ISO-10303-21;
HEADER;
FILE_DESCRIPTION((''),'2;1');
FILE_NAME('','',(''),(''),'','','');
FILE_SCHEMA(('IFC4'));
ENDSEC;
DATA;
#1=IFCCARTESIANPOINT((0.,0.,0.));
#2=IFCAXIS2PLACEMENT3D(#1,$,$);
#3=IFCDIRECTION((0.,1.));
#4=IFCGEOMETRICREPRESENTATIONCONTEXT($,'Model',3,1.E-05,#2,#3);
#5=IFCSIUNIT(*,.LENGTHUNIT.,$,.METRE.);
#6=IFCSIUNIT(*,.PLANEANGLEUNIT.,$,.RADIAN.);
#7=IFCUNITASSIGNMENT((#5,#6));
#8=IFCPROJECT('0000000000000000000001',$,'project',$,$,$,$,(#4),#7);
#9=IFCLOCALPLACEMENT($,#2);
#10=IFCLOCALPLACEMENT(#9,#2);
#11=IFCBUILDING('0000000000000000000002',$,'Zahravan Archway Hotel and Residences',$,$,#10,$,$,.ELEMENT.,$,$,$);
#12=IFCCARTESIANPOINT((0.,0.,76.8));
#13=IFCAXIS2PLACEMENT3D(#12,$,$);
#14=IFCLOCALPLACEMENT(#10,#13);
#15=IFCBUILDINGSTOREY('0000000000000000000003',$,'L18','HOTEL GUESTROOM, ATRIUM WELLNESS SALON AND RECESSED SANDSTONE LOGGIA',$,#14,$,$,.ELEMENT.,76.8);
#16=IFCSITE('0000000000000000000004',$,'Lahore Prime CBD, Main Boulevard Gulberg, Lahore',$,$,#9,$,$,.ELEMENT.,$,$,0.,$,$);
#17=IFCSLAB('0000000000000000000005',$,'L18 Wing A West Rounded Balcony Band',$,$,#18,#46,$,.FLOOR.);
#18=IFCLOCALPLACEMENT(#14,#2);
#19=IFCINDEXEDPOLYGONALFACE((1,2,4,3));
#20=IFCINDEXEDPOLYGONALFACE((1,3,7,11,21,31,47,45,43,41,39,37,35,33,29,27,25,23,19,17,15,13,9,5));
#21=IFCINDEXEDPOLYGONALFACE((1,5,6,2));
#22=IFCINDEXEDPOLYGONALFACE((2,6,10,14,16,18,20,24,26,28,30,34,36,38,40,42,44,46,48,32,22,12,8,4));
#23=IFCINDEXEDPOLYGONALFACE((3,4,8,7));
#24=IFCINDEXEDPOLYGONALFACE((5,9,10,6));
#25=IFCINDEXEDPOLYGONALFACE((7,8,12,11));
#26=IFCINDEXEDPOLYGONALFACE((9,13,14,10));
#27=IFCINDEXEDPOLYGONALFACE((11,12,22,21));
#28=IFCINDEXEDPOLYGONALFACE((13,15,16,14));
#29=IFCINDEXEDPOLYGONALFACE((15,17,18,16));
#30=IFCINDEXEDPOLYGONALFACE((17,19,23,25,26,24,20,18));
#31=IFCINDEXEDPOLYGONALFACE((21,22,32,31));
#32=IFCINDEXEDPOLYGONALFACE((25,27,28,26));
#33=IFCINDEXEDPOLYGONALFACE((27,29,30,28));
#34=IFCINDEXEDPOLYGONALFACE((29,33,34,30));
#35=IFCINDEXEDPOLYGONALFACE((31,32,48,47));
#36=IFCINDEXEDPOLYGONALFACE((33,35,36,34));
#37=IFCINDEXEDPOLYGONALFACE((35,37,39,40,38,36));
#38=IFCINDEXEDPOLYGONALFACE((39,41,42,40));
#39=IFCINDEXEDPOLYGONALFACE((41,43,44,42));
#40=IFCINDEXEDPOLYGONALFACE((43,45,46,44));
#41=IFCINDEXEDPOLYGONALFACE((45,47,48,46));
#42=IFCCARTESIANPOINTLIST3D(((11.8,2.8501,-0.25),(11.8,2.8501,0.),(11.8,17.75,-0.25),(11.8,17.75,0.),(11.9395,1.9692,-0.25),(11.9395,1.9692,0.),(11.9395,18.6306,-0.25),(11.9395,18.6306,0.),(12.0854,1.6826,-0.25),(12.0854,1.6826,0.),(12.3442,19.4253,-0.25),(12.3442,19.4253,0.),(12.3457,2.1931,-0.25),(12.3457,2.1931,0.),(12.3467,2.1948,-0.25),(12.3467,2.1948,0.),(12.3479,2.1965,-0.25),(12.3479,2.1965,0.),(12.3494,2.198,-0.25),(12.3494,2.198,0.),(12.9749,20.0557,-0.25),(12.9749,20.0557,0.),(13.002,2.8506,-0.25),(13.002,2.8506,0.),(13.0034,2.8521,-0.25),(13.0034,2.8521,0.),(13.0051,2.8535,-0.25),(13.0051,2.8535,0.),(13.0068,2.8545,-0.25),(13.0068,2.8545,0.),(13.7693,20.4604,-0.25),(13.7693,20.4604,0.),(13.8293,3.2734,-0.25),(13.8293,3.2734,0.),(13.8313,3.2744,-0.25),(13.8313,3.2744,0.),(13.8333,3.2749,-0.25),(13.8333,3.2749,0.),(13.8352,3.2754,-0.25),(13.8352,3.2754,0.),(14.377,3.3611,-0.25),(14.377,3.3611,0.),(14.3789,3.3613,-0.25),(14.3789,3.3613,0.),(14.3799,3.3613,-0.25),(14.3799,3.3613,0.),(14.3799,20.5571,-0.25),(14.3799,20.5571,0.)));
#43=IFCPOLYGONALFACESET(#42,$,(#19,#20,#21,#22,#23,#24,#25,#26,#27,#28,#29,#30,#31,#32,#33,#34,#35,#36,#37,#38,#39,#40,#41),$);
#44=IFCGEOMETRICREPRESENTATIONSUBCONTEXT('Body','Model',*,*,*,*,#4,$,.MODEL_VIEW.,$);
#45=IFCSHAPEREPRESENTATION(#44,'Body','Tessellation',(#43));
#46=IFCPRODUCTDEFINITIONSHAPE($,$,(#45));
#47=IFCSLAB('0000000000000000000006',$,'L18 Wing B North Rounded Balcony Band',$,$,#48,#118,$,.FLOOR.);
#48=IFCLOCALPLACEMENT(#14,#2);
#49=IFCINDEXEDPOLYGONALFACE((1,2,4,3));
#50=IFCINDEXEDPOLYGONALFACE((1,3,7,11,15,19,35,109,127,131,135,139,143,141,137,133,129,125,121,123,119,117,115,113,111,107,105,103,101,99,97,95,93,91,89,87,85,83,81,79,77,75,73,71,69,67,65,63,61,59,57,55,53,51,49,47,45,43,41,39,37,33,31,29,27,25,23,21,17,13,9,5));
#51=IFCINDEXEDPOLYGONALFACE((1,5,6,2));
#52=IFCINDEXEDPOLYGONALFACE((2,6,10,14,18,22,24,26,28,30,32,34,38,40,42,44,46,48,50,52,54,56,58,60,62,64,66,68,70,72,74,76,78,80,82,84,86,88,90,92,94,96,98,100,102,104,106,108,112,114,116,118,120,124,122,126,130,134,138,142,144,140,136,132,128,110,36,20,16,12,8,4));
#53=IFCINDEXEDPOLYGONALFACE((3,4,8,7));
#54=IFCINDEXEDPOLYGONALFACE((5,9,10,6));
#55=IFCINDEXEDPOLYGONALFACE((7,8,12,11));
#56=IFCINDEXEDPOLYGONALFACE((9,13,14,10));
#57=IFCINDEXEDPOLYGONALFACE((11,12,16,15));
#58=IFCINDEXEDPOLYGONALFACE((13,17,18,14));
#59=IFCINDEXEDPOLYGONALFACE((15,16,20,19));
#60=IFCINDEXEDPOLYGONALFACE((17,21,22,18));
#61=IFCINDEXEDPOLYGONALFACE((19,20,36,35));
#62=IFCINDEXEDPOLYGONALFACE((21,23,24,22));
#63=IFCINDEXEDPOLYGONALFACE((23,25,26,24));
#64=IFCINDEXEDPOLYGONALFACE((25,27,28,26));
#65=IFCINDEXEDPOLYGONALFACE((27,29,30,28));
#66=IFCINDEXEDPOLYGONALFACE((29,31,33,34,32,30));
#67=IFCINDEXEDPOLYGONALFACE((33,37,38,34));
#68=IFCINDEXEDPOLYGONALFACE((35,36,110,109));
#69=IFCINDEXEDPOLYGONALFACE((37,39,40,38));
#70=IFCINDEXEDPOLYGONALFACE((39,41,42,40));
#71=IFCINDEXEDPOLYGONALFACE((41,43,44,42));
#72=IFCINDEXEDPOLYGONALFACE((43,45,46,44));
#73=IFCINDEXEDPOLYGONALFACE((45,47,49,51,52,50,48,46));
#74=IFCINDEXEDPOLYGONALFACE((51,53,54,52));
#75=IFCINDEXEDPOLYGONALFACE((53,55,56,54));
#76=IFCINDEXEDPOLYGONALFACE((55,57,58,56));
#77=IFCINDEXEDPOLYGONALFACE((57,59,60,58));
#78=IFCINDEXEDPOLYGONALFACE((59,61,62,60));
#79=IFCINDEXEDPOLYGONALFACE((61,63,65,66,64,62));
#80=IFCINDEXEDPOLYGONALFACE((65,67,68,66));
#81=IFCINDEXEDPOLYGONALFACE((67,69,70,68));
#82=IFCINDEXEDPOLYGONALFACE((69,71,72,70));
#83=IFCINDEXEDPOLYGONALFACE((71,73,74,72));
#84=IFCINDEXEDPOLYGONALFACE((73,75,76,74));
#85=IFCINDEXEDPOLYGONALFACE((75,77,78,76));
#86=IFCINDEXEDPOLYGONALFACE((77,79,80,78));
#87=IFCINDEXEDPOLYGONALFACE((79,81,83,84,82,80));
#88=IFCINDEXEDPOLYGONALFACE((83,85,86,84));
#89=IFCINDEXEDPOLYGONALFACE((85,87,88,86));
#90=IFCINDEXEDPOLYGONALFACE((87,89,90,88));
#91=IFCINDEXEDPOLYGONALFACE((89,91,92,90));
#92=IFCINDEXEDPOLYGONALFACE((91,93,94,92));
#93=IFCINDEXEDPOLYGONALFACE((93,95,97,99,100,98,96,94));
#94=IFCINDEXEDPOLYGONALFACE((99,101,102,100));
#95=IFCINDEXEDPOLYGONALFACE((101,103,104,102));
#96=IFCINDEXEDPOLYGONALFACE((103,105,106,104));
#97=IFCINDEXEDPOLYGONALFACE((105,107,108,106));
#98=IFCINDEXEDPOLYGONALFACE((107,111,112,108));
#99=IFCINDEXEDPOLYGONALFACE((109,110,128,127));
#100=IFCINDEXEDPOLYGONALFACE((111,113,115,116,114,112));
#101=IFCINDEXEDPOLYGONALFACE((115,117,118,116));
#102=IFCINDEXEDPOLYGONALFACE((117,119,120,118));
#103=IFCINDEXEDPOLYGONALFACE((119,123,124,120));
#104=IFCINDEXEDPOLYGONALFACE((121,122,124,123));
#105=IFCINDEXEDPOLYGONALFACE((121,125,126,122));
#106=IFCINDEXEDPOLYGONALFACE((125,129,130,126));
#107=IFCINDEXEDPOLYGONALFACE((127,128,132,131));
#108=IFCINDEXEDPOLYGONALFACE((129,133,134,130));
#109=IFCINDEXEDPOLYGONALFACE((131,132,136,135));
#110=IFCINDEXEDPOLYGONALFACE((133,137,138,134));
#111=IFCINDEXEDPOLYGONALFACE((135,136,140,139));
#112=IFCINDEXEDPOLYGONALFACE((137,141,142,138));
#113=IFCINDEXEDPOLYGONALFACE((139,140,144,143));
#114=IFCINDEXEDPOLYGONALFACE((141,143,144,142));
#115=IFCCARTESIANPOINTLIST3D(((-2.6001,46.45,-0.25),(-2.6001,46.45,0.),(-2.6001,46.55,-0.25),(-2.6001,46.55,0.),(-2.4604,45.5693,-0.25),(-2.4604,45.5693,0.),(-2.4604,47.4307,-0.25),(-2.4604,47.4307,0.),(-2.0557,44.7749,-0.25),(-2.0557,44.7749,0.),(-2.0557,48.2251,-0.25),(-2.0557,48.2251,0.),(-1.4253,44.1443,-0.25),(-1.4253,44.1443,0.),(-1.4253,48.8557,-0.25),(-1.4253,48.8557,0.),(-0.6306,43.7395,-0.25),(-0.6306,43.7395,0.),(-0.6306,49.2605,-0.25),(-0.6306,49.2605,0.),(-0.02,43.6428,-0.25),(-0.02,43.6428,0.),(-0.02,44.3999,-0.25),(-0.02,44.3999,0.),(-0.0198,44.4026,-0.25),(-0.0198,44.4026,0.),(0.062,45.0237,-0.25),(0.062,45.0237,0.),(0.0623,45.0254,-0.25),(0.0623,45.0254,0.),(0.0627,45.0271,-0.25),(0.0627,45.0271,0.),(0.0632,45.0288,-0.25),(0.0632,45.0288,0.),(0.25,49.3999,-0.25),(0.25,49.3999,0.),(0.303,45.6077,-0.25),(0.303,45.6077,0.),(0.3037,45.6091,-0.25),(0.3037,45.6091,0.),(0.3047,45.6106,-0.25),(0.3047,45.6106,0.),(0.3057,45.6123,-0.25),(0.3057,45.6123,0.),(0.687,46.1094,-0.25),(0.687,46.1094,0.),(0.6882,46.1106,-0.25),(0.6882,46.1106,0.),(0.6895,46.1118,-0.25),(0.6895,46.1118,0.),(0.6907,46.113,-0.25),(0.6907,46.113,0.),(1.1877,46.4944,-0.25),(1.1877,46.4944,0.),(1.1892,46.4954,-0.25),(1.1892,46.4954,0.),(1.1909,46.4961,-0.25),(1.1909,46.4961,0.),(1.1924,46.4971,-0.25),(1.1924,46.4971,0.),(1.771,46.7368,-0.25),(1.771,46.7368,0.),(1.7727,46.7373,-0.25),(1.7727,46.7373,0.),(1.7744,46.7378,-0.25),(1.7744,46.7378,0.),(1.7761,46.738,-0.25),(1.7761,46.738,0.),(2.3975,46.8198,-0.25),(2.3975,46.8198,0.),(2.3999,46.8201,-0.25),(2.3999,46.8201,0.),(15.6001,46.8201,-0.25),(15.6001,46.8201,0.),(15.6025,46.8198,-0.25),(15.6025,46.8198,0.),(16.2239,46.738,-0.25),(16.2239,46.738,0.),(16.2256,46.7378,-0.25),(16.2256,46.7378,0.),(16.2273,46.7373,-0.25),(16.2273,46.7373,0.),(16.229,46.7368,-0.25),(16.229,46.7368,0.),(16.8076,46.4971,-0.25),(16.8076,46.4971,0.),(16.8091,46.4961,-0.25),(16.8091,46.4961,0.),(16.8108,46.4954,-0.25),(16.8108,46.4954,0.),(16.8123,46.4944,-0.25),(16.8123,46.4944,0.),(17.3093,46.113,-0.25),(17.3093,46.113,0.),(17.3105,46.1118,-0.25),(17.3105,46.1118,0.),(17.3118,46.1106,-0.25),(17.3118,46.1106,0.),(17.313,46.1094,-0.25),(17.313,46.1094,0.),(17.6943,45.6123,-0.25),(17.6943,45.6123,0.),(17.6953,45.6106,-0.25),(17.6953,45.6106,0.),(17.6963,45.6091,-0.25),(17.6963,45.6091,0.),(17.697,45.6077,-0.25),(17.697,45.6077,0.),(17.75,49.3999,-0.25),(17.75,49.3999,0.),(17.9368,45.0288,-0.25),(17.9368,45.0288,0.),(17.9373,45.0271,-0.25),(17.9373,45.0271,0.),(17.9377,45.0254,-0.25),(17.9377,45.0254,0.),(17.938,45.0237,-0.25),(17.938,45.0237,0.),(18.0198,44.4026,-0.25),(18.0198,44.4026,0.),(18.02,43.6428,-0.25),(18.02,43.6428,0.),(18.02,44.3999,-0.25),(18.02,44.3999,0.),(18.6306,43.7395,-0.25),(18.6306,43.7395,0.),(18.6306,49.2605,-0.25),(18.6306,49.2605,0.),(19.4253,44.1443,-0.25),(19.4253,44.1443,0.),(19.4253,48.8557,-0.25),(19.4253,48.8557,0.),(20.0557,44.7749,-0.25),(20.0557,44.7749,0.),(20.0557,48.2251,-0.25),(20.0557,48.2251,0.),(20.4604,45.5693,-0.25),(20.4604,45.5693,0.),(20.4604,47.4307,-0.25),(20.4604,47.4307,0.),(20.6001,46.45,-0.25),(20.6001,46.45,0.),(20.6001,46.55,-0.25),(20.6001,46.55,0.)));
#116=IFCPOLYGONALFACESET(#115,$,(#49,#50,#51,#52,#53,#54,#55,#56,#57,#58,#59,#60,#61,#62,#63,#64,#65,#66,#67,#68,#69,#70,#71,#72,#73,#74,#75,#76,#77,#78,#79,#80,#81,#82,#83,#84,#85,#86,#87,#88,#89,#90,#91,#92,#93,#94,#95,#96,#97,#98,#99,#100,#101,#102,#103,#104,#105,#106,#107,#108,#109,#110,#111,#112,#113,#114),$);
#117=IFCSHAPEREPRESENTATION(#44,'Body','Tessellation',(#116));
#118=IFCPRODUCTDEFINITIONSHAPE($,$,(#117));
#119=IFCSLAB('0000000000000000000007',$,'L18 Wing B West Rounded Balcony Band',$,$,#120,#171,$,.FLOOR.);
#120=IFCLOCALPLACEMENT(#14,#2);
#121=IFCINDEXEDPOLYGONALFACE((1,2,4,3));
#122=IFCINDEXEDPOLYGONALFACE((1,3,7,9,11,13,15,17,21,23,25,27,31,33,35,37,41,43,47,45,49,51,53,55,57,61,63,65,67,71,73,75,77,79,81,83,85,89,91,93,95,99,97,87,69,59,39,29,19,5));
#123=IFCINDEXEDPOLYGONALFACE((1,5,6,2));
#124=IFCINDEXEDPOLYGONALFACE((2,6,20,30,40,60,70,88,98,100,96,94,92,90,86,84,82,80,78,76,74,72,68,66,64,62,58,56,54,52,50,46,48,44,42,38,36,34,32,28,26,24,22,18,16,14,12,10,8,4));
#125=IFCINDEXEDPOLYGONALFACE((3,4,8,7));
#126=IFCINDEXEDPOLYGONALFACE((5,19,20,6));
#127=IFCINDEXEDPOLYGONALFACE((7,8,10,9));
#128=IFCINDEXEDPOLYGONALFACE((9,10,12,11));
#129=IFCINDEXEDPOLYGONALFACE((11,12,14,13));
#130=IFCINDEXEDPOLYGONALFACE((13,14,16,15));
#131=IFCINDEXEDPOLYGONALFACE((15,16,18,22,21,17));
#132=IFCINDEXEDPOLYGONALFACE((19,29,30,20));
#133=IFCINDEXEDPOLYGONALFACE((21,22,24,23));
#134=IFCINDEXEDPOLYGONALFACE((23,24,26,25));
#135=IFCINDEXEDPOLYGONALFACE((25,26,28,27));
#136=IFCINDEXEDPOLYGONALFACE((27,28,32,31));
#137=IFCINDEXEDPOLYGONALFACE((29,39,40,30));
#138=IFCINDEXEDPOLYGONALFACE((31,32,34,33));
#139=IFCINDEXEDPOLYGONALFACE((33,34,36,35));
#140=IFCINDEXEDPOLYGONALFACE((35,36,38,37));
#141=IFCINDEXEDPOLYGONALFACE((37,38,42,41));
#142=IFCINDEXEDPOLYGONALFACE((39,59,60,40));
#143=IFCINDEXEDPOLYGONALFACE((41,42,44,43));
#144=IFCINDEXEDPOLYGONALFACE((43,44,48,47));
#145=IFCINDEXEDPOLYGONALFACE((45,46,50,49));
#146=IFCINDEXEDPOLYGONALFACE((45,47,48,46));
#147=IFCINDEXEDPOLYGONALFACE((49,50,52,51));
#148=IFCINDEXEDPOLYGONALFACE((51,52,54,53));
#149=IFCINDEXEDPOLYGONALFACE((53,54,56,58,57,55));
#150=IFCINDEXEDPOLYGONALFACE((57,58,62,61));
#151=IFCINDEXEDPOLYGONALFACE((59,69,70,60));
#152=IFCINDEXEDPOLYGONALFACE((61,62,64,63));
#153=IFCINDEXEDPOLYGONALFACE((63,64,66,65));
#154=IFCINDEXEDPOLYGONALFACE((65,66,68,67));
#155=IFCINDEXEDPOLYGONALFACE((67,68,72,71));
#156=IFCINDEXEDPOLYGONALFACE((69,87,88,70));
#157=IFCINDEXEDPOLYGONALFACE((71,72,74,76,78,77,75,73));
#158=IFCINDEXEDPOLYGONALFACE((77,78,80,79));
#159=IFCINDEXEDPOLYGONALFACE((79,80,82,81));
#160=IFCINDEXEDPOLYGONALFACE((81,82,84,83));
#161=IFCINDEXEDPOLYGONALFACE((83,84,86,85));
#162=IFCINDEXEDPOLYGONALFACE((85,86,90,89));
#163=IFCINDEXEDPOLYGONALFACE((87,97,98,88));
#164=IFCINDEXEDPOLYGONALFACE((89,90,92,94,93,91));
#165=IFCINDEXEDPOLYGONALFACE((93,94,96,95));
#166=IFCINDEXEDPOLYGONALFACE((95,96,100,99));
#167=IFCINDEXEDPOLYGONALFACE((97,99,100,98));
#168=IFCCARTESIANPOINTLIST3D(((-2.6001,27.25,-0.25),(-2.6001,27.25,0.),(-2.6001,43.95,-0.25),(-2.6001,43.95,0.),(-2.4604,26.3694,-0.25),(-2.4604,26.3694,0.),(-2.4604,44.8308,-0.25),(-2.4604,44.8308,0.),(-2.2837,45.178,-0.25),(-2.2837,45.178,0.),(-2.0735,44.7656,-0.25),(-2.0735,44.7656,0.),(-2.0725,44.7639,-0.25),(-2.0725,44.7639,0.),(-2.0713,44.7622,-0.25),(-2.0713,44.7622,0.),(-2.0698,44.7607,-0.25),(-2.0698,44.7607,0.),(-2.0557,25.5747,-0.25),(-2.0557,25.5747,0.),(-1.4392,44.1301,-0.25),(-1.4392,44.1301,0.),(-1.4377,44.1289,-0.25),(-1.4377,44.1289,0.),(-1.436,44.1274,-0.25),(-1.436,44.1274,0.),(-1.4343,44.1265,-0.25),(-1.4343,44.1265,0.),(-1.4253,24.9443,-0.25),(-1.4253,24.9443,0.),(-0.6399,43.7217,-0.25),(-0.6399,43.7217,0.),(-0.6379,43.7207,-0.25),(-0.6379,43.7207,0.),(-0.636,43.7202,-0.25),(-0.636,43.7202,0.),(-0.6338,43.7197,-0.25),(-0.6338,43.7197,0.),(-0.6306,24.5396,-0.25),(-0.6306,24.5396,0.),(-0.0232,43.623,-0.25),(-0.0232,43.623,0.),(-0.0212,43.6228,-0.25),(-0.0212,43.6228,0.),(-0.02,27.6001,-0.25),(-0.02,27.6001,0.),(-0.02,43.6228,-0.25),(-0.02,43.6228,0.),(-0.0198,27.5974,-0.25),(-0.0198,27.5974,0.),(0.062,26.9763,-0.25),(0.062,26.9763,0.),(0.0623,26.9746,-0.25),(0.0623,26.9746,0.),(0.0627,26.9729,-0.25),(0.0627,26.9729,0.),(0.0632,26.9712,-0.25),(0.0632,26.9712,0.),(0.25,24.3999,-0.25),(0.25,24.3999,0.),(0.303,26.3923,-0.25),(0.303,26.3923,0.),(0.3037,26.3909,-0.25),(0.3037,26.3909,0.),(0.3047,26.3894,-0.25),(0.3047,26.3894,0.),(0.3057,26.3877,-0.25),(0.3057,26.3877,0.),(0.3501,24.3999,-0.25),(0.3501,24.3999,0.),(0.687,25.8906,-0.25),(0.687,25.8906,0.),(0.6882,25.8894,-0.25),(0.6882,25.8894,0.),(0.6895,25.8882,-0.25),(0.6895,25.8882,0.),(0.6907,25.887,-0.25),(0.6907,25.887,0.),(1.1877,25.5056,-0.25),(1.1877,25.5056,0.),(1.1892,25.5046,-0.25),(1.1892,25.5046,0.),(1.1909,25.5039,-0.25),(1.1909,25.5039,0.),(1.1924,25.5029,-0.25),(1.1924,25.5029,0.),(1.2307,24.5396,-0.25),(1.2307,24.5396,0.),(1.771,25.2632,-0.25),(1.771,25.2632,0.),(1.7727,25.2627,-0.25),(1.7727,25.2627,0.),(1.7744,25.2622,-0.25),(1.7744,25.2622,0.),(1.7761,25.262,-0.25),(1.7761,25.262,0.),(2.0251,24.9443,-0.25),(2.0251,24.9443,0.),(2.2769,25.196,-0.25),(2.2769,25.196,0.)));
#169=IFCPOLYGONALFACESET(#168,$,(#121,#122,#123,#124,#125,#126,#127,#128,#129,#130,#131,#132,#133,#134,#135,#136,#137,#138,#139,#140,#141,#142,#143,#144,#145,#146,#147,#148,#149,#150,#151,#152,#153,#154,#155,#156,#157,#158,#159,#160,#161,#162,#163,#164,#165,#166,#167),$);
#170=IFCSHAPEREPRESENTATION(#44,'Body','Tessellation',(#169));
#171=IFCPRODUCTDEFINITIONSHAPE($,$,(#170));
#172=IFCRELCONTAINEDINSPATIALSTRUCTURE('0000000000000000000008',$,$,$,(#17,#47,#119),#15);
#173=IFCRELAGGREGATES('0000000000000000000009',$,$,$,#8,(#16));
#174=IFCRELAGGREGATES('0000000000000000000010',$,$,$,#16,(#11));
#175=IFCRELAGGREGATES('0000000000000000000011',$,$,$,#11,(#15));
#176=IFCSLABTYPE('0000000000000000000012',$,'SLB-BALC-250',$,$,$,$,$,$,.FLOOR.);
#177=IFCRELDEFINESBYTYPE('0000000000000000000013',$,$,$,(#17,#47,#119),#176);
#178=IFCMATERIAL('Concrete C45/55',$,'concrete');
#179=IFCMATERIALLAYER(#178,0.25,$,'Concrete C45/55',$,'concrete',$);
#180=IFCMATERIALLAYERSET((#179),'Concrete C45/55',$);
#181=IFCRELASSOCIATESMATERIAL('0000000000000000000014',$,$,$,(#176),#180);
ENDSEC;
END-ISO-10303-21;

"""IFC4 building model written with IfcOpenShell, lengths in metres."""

from ifc_helpers import new_model, si_unit, direction, frame, origin, place, context, subcontext, project, spatial, polyline, outline, extrude, material, layer, layer_set, type_object, element, save


model = new_model("IFC4")

# Units and contexts
model_context = context("Model", 3, precision=1e-05, world=origin(), true_north=direction((0.0, 1.0)))
body_context = subcontext(model_context, "Body", "Model", "MODEL_VIEW")
ifc_project = project(units=[si_unit("LENGTHUNIT", "METRE"), si_unit("PLANEANGLEUNIT", "RADIAN")], contexts=[model_context])

# Site, building, storey
site_placement = place(None, origin())
site = spatial("IfcSite", under=ifc_project, at=site_placement, Name="Lahore Prime CBD, Main Boulevard Gulberg, Lahore", CompositionType="ELEMENT", RefElevation=0.0)
building_placement = place(site_placement, origin())
building = spatial("IfcBuilding", under=site, at=building_placement, Name="Zahravan Archway Hotel and Residences", CompositionType="ELEMENT")
storey_placement = place(building_placement, frame((0.0, 0.0, 76.8)))
storey = spatial("IfcBuildingStorey", under=building, at=storey_placement, Name="L18", Description="HOTEL GUESTROOM, ATRIUM WELLNESS SALON AND RECESSED SANDSTONE LOGGIA", CompositionType="ELEMENT", Elevation=76.8)

# Slabs
ifc_material_1 = material(Name="Concrete C45/55", Category="concrete")
ifc_layer_1 = layer(ifc_material_1, 0.25, Name="Concrete C45/55", Category="concrete")
ifc_layer_set_1 = layer_set([ifc_layer_1], Name="Concrete C45/55")
slab_type_1 = type_object("IfcSlabType", Name="SLB-BALC-250", PredefinedType="FLOOR", material=ifc_layer_set_1)
slab_1_placement = place(storey_placement, frame((0.0, 0.0, -0.25)))
element("IfcSlab", 1, at=slab_1_placement, inside=storey, type_object=slab_type_1, Name="L18 Wing A West Rounded Balcony Band", PredefinedType="FLOOR", context=body_context, shape_type="SweptSolid", body=[
    extrude(outline(polyline([(11.9395, 1.9692), (11.8, 2.8501), (11.8, 17.75), (11.9395, 18.6306), (12.3442, 19.4253), (12.9749, 20.0557), (13.7693, 20.4604), (14.3799, 20.5571), (14.3799, 3.3613), (14.3789, 3.3613), (14.377, 3.3611), (13.8352, 3.2754), (13.8333, 3.2749), (13.8313, 3.2744), (13.8293, 3.2734), (13.0068, 2.8545), (13.0051, 2.8535), (13.0034, 2.8521), (13.002, 2.8506), (12.3494, 2.198), (12.3479, 2.1965), (12.3467, 2.1948), (12.3457, 2.1931), (12.0854, 1.6826), (11.9395, 1.9692)])), origin(), (0.0, 0.0, 1.0), 0.25),
])
slab_2_placement = place(storey_placement, frame((0.0, 0.0, -0.25)))
element("IfcSlab", 2, at=slab_2_placement, inside=storey, type_object=slab_type_1, Name="L18 Wing B North Rounded Balcony Band", PredefinedType="FLOOR", context=body_context, shape_type="SweptSolid", body=[
    extrude(outline(polyline([(-0.6306, 43.7395), (-1.4253, 44.1443), (-2.0557, 44.7749), (-2.4604, 45.5693), (-2.6001, 46.45), (-2.6001, 46.55), (-2.4604, 47.4307), (-2.0557, 48.2251), (-1.4253, 48.8557), (-0.6306, 49.2605), (0.25, 49.3999), (17.75, 49.3999), (18.6306, 49.2605), (19.4253, 48.8557), (20.0557, 48.2251), (20.4604, 47.4307), (20.6001, 46.55), (20.6001, 46.45), (20.4604, 45.5693), (20.0557, 44.7749), (19.4253, 44.1443), (18.6306, 43.7395), (18.02, 43.6428), (18.02, 44.3999), (18.0198, 44.4026), (17.938, 45.0237), (17.9377, 45.0254), (17.9373, 45.0271), (17.9368, 45.0288), (17.697, 45.6077), (17.6963, 45.6091), (17.6953, 45.6106), (17.6943, 45.6123), (17.313, 46.1094), (17.3118, 46.1106), (17.3105, 46.1118), (17.3093, 46.113), (16.8123, 46.4944), (16.8108, 46.4954), (16.8091, 46.4961), (16.8076, 46.4971), (16.229, 46.7368), (16.2273, 46.7373), (16.2256, 46.7378), (16.2239, 46.738), (15.6025, 46.8198), (15.6001, 46.8201), (2.3999, 46.8201), (2.3975, 46.8198), (1.7761, 46.738), (1.7744, 46.7378), (1.7727, 46.7373), (1.771, 46.7368), (1.1924, 46.4971), (1.1909, 46.4961), (1.1892, 46.4954), (1.1877, 46.4944), (0.6907, 46.113), (0.6895, 46.1118), (0.6882, 46.1106), (0.687, 46.1094), (0.3057, 45.6123), (0.3047, 45.6106), (0.3037, 45.6091), (0.303, 45.6077), (0.0632, 45.0288), (0.0627, 45.0271), (0.0623, 45.0254), (0.062, 45.0237), (-0.0198, 44.4026), (-0.02, 44.3999), (-0.02, 43.6428), (-0.6306, 43.7395)])), origin(), (0.0, 0.0, 1.0), 0.25),
])
slab_3_placement = place(storey_placement, frame((0.0, 0.0, -0.25)))
element("IfcSlab", 3, at=slab_3_placement, inside=storey, type_object=slab_type_1, Name="L18 Wing B West Rounded Balcony Band", PredefinedType="FLOOR", context=body_context, shape_type="SweptSolid", body=[
    extrude(outline(polyline([(2.0251, 24.9443), (1.2307, 24.5396), (0.3501, 24.3999), (0.25, 24.3999), (-0.6306, 24.5396), (-1.4253, 24.9443), (-2.0557, 25.5747), (-2.4604, 26.3694), (-2.6001, 27.25), (-2.6001, 43.95), (-2.4604, 44.8308), (-2.2837, 45.178), (-2.0735, 44.7656), (-2.0725, 44.7639), (-2.0713, 44.7622), (-2.0698, 44.7607), (-1.4392, 44.1301), (-1.4377, 44.1289), (-1.436, 44.1274), (-1.4343, 44.1265), (-0.6399, 43.7217), (-0.6379, 43.7207), (-0.636, 43.7202), (-0.6338, 43.7197), (-0.0232, 43.623), (-0.0212, 43.6228), (-0.02, 43.6228), (-0.02, 27.6001), (-0.0198, 27.5974), (0.062, 26.9763), (0.0623, 26.9746), (0.0627, 26.9729), (0.0632, 26.9712), (0.303, 26.3923), (0.3037, 26.3909), (0.3047, 26.3894), (0.3057, 26.3877), (0.687, 25.8906), (0.6882, 25.8894), (0.6895, 25.8882), (0.6907, 25.887), (1.1877, 25.5056), (1.1892, 25.5046), (1.1909, 25.5039), (1.1924, 25.5029), (1.771, 25.2632), (1.7727, 25.2627), (1.7744, 25.2622), (1.7761, 25.262), (2.2769, 25.196), (2.0251, 24.9443)])), origin(), (0.0, 0.0, 1.0), 0.25),
])

save(model, "model.ifc")
